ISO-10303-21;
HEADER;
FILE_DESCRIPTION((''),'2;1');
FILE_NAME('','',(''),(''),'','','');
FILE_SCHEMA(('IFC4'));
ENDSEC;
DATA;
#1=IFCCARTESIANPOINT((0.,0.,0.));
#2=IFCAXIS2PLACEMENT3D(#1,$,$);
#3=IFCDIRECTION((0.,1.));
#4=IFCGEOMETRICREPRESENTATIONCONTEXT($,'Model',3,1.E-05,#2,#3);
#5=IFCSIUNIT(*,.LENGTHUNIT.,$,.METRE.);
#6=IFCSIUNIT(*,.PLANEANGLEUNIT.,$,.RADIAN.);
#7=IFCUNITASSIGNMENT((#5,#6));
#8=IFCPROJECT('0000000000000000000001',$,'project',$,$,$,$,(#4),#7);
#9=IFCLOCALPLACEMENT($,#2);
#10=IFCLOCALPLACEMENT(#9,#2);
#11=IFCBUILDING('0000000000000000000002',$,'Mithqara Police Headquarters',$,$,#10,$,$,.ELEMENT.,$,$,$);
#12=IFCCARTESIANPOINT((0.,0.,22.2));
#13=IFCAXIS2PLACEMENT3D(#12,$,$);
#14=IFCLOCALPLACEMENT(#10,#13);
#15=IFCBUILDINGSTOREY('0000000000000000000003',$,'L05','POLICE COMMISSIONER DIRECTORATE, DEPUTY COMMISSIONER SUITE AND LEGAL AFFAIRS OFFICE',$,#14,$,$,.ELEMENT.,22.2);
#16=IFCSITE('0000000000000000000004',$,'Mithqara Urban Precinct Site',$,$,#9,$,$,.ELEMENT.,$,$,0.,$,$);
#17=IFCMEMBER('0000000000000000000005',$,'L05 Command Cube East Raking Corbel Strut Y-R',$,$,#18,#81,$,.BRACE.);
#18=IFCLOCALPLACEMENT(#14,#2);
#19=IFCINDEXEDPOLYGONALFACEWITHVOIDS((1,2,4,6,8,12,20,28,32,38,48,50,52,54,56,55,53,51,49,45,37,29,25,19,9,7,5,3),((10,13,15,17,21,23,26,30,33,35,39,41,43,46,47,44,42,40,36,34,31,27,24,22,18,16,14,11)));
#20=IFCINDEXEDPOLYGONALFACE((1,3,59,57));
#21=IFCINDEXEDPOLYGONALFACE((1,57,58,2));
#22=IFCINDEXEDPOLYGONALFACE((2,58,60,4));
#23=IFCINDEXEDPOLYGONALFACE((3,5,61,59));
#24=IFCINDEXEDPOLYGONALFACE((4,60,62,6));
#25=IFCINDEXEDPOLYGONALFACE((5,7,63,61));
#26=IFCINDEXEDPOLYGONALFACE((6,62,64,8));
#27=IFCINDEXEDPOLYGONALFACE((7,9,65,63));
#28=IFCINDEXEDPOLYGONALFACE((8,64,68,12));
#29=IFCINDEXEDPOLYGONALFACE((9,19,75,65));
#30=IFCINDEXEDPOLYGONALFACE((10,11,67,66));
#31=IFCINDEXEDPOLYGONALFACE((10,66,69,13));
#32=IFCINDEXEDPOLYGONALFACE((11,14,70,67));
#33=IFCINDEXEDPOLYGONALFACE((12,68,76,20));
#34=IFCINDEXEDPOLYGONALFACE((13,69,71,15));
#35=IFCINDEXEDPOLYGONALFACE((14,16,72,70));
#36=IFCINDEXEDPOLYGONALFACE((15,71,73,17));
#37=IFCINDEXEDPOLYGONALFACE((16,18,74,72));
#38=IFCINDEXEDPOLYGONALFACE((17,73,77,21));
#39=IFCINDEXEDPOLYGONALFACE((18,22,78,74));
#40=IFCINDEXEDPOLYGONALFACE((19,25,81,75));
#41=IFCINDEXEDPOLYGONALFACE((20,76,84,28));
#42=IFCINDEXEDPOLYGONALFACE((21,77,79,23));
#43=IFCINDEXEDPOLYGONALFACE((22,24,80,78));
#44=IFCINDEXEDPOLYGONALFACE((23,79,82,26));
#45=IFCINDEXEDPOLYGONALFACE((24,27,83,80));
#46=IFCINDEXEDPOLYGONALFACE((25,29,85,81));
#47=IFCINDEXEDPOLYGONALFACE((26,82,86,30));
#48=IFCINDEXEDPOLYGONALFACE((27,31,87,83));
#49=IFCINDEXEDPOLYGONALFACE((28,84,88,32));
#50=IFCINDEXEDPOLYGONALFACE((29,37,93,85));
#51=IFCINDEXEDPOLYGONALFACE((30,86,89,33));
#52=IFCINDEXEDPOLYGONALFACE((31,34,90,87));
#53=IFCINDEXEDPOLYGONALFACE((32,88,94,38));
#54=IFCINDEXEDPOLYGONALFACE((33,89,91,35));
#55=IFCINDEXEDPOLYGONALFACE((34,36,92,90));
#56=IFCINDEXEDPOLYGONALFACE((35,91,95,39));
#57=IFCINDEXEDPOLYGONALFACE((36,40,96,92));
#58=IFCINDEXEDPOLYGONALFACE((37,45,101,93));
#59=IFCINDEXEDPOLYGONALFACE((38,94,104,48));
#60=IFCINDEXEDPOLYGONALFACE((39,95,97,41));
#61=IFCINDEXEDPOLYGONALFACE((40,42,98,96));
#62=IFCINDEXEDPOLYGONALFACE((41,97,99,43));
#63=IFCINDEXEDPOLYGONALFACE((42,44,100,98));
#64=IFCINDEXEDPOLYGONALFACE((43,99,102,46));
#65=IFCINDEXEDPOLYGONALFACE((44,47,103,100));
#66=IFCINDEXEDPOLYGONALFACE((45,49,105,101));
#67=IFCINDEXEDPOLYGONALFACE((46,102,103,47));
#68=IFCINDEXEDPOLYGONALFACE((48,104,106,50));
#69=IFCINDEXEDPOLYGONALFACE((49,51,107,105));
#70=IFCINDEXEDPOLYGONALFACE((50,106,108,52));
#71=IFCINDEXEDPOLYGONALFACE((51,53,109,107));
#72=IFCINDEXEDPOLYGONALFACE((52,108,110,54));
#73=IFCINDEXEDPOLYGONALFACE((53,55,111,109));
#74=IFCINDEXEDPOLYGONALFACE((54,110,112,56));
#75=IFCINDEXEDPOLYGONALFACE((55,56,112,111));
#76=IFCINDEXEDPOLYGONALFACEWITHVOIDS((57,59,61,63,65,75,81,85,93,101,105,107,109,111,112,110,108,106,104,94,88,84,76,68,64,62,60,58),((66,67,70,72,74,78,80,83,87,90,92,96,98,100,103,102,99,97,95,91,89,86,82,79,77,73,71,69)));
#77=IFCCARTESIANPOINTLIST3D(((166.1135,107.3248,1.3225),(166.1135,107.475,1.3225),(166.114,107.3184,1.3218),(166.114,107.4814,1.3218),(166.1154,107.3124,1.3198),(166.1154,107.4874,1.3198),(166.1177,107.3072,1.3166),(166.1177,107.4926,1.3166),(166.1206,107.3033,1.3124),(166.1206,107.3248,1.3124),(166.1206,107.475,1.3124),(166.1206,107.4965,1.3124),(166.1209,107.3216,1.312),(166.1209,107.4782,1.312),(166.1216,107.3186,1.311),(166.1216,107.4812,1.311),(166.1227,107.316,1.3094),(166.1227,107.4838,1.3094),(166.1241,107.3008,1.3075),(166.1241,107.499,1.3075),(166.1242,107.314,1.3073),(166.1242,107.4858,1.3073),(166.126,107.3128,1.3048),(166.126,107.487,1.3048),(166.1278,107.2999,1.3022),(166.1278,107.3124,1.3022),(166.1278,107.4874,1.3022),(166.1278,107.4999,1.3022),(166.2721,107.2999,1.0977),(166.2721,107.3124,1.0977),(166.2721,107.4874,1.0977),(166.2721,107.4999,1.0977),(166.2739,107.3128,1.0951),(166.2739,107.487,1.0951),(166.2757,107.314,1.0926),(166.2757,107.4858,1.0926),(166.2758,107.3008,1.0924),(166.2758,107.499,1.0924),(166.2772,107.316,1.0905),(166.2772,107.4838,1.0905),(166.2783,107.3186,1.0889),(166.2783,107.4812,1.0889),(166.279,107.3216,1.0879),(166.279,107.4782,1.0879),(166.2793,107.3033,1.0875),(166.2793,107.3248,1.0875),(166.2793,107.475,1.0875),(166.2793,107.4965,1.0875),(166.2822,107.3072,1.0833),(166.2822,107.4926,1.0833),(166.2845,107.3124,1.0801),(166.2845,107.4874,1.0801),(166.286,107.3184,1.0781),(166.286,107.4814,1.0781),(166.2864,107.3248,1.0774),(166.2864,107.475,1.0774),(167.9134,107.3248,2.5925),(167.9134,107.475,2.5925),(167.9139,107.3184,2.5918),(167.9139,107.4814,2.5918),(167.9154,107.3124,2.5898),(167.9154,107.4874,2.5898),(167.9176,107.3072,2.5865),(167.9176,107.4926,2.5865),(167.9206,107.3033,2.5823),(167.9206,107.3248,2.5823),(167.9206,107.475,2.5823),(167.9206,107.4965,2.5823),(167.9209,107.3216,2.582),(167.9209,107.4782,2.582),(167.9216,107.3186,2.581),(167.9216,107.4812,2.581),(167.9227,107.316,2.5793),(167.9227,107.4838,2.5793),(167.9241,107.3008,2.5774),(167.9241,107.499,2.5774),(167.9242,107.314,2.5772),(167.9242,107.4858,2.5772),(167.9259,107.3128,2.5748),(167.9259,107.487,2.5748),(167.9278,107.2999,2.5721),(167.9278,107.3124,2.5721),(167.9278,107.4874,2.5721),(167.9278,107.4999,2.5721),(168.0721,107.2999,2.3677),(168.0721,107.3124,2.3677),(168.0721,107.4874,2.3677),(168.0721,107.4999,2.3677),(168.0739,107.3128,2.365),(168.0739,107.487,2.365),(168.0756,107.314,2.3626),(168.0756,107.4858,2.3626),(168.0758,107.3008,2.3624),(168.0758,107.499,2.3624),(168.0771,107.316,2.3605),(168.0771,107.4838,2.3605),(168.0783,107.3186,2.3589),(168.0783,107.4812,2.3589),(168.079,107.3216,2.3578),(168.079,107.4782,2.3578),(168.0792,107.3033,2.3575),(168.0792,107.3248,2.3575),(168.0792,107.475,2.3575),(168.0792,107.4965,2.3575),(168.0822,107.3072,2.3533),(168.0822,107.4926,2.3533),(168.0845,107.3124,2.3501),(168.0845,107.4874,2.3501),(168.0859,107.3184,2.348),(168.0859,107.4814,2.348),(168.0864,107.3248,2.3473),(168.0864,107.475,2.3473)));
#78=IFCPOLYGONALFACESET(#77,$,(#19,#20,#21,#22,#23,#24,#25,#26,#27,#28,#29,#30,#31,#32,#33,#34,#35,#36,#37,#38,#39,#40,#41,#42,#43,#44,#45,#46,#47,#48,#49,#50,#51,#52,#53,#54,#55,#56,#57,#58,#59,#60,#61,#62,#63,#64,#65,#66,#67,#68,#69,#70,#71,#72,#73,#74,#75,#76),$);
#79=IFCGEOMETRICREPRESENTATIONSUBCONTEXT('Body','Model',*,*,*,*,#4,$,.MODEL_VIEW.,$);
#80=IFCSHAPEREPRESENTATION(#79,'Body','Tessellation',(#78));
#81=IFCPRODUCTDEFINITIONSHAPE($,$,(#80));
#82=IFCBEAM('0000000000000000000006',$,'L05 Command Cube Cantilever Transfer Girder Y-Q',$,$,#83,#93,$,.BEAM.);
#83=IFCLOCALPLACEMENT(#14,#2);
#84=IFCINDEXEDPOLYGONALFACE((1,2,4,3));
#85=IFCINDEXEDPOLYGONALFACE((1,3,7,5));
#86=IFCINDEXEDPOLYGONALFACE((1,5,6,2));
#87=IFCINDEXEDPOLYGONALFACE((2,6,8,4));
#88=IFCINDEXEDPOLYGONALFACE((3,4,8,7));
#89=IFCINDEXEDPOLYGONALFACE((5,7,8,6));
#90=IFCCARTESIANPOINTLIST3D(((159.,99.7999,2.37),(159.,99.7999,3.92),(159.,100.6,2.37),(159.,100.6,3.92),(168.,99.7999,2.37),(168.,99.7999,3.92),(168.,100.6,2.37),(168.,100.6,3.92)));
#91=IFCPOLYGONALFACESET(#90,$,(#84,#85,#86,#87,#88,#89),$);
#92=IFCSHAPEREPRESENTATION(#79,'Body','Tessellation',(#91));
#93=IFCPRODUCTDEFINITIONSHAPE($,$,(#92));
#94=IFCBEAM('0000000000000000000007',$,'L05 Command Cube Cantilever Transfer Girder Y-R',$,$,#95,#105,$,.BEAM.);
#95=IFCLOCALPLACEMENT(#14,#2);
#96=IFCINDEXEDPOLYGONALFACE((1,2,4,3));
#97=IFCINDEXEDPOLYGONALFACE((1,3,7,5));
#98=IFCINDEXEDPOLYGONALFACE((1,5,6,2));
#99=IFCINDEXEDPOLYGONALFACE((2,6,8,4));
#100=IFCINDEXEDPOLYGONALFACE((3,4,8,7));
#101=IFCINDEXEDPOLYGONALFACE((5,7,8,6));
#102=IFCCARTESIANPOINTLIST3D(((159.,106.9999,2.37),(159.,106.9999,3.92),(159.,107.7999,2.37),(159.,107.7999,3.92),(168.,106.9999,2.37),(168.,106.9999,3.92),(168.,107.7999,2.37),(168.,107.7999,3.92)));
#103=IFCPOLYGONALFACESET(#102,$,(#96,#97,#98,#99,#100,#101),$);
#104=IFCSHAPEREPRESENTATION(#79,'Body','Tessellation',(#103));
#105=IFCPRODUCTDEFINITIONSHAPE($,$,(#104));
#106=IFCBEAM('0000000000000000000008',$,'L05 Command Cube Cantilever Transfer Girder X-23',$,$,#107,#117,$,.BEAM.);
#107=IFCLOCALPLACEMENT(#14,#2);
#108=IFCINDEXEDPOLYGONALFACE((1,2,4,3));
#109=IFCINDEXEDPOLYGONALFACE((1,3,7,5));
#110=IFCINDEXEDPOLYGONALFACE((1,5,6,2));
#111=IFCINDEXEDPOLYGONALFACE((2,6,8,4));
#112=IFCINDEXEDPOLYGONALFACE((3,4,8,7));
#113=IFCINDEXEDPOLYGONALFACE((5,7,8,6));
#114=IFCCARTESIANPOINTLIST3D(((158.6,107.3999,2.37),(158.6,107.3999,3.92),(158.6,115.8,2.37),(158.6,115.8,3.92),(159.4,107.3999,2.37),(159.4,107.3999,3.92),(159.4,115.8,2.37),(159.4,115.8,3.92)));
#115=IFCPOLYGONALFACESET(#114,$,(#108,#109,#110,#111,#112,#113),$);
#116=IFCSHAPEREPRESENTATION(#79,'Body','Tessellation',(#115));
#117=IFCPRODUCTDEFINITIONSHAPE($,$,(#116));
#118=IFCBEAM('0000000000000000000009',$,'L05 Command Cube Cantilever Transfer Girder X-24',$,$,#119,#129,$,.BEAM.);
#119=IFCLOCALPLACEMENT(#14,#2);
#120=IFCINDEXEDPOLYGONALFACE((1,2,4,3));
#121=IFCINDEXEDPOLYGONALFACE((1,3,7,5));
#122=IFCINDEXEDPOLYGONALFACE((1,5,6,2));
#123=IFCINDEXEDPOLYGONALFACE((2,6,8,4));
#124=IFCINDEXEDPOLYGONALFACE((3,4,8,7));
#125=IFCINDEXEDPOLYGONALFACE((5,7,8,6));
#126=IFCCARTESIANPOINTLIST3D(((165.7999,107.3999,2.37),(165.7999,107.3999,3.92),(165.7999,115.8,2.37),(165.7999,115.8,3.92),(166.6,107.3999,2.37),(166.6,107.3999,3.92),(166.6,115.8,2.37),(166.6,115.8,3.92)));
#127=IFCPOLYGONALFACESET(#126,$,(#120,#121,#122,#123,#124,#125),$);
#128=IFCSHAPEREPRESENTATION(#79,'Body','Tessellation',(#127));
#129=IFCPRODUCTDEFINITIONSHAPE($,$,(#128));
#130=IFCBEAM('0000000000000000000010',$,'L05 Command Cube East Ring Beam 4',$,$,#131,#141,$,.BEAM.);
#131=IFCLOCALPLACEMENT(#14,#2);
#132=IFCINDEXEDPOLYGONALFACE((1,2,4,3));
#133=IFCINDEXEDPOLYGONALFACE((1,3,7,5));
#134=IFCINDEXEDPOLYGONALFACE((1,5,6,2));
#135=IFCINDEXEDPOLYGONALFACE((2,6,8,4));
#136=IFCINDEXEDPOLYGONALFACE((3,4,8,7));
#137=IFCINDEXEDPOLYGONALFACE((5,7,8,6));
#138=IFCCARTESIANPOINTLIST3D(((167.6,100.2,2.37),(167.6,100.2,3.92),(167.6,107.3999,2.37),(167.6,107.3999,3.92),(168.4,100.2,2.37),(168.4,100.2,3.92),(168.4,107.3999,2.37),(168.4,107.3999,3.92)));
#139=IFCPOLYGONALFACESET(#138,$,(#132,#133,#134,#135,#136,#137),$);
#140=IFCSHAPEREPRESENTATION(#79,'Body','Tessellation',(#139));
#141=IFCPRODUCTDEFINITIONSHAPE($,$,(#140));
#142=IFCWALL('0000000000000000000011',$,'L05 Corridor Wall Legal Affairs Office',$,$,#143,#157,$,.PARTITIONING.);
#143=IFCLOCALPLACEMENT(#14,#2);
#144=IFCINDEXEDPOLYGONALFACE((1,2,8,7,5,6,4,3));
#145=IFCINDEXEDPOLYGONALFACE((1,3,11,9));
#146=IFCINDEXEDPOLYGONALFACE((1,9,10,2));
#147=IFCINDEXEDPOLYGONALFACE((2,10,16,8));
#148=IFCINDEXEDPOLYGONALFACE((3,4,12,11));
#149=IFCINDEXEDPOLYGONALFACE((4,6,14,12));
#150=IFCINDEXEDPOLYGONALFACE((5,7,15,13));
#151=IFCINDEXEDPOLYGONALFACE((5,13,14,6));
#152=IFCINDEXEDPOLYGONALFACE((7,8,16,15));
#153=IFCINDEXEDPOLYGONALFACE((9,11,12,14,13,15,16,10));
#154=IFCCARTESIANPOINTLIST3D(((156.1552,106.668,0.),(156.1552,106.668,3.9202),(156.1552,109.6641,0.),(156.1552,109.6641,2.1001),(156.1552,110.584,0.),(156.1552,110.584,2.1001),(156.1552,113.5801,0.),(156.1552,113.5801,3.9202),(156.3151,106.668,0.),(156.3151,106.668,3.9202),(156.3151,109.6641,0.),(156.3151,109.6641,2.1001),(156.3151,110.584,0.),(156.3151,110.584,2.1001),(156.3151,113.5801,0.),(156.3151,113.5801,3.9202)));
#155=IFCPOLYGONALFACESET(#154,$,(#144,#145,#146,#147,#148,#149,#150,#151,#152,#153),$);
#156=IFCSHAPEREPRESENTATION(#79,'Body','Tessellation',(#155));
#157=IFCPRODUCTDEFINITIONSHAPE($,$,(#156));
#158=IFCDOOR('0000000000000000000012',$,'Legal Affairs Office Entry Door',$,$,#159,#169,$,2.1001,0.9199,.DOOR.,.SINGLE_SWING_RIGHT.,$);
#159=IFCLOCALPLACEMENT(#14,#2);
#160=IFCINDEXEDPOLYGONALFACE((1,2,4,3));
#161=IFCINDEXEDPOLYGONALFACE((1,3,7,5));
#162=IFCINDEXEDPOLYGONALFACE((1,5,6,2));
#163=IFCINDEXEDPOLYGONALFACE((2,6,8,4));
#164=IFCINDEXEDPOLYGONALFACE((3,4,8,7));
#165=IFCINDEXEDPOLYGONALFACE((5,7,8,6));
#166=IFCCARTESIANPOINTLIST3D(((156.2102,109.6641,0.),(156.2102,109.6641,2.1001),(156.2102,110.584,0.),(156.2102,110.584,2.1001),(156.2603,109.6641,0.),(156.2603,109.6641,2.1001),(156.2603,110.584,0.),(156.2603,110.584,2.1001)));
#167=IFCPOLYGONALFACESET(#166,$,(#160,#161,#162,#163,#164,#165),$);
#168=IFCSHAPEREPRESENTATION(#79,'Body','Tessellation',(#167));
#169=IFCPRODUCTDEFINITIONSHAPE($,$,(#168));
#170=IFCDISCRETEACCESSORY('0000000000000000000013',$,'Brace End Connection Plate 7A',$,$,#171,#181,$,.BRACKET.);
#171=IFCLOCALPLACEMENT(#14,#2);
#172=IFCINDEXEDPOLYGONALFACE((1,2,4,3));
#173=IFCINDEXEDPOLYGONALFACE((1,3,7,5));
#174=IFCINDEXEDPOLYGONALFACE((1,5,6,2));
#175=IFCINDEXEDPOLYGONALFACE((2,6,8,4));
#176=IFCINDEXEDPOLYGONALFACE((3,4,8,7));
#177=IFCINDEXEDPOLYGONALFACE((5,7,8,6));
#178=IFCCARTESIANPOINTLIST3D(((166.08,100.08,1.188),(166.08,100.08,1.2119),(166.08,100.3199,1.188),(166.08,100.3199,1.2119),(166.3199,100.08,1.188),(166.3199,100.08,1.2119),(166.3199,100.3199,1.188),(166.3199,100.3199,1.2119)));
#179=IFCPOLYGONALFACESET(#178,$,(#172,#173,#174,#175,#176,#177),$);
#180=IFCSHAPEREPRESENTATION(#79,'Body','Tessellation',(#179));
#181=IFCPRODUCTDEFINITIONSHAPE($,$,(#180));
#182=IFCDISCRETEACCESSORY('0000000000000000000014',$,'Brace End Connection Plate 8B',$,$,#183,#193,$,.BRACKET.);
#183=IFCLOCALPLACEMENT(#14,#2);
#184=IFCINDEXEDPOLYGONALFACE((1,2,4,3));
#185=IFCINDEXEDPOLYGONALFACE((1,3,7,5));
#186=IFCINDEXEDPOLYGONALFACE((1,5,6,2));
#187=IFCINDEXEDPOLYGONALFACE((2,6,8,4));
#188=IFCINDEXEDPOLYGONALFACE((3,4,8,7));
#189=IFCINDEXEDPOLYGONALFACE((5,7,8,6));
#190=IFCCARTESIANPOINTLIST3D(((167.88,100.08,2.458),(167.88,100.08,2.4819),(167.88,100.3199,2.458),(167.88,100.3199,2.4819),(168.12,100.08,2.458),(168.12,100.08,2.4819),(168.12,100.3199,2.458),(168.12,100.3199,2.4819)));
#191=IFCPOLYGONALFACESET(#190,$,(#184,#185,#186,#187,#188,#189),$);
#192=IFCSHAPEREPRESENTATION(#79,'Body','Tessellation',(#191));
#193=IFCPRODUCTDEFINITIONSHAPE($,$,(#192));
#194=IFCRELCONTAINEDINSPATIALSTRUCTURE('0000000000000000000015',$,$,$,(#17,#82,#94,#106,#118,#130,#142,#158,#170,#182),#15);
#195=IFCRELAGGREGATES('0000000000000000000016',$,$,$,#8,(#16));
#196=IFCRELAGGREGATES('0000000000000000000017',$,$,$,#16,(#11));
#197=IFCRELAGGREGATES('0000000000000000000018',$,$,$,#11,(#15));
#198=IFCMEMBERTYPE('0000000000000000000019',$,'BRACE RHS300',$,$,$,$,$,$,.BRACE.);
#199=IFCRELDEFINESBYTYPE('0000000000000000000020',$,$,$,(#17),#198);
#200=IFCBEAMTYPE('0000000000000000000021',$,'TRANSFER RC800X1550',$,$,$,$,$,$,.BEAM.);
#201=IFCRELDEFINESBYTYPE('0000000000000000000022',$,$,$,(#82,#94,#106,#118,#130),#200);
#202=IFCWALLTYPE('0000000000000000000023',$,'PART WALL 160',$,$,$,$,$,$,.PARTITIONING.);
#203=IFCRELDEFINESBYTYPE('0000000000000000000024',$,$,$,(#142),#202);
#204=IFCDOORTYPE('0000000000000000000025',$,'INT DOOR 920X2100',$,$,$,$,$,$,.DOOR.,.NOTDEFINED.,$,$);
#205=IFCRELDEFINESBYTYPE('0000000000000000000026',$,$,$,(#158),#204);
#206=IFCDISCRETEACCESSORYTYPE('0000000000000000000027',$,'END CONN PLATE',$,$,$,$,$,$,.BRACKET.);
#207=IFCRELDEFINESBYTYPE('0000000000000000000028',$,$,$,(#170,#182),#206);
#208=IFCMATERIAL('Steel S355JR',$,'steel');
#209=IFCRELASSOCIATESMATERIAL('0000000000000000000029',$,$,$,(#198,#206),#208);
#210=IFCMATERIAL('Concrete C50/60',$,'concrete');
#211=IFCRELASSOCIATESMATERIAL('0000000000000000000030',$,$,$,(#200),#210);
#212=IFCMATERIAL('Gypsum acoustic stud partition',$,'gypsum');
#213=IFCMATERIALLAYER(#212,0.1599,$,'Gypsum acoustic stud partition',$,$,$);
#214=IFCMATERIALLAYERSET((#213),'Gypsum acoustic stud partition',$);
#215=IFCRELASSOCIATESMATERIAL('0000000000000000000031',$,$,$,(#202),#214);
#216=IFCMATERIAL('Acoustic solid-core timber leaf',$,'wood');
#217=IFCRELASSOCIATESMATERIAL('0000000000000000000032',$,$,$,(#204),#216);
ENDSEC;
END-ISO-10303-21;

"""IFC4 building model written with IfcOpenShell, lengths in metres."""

from ifc_helpers import new_model, si_unit, direction, frame, frame_2d, origin, origin_2d, place, context, subcontext, project, spatial, rectangle, hollow_rectangle, extrude, material, layer, layer_set, material_profile, profile_set, type_object, element, fill, save


model = new_model("IFC4")

# Units and contexts
model_context = context("Model", 3, precision=1e-05, world=origin(), true_north=direction((0.0, 1.0)))
body_context = subcontext(model_context, "Body", "Model", "MODEL_VIEW")
ifc_project = project(units=[si_unit("LENGTHUNIT", "METRE"), si_unit("PLANEANGLEUNIT", "RADIAN")], contexts=[model_context])

# Site, building, storey
site_placement = place(None, origin())
site = spatial("IfcSite", under=ifc_project, at=site_placement, Name="Mithqara Urban Precinct Site", CompositionType="ELEMENT", RefElevation=0.0)
building_placement = place(site_placement, origin())
building = spatial("IfcBuilding", under=site, at=building_placement, Name="Mithqara Police Headquarters", CompositionType="ELEMENT")
storey_placement = place(building_placement, frame((0.0, 0.0, 22.2)))
storey = spatial("IfcBuildingStorey", under=building, at=storey_placement, Name="L05", Description="POLICE COMMISSIONER DIRECTORATE, DEPUTY COMMISSIONER SUITE AND LEGAL AFFAIRS OFFICE", CompositionType="ELEMENT", Elevation=22.2)

# Shared definitions
ifc_material_1 = material(Name="Concrete C50/60", Category="concrete")

# Shared definitions
ifc_material_2 = material(Name="Steel S355JR", Category="steel")

# Member
ifc_material_profile_1 = material_profile(ifc_material_2, hollow_rectangle(XDim=0.2, YDim=0.3, WallThickness=0.0125, InnerFilletRadius=0.0125, OuterFilletRadius=0.0249, at=origin_2d()), Name="RHS 300x200x12.5")
ifc_profile_set_1 = profile_set([ifc_material_profile_1], Name="Steel S355JR")
member_type = type_object("IfcMemberType", Name="BRACE RHS300", PredefinedType="BRACE", material=ifc_profile_set_1)
for number, where, z_axis, x_axis, name in (
    (1, (166.2, 107.3999, 1.2), (0.817097, 0.0, 0.5765), (0.0, 1.0, 0.0), "L05 Command Cube East Raking Corbel Strut Y-R"),
):
    element("IfcMember", number, at=place(storey_placement, frame(where, z_axis=z_axis, x_axis=x_axis)), inside=storey, type_object=member_type, Name=name, PredefinedType="BRACE", context=body_context, shape_type="SweptSolid", body=[
        extrude(hollow_rectangle(XDim=0.2, YDim=0.3, WallThickness=0.0125, InnerFilletRadius=0.0125, OuterFilletRadius=0.0249, at=origin_2d()), origin(), (0.0, 0.0, 1.0), 2.2029),
    ])

# Beams
ifc_material_profile_2 = material_profile(ifc_material_1, rectangle(XDim=0.8, YDim=1.55, at=origin_2d()), Name="RC 800x1550")
ifc_profile_set_2 = profile_set([ifc_material_profile_2], Name="Concrete C50/60")
beam_type_1 = type_object("IfcBeamType", Name="TRANSFER RC800X1550", PredefinedType="BEAM", material=ifc_profile_set_2)
for number, where, z_axis, x_axis, name in (
    (2, (159.0, 100.2, 3.145), (1.0, 0.0, 0.0), (0.0, 1.0, 0.0), "L05 Command Cube Cantilever Transfer Girder Y-Q"),
    (3, (159.0, 107.3999, 3.145), (1.0, 0.0, 0.0), (0.0, 1.0, 0.0), "L05 Command Cube Cantilever Transfer Girder Y-R"),
):
    element("IfcBeam", number, at=place(storey_placement, frame(where, z_axis=z_axis, x_axis=x_axis)), inside=storey, type_object=beam_type_1, Name=name, PredefinedType="BEAM", context=body_context, shape_type="SweptSolid", body=[
        extrude(rectangle(XDim=0.8, YDim=1.55, at=origin_2d()), origin(), (0.0, 0.0, 1.0), 9.0),
    ])
for number, where, z_axis, x_axis, name in (
    (4, (159.0, 107.3999, 3.145), (0.0, 1.0, 0.0), (-1.0, 0.0, 0.0), "L05 Command Cube Cantilever Transfer Girder X-23"),
    (5, (166.2, 107.3999, 3.145), (0.0, 1.0, 0.0), (-1.0, 0.0, 0.0), "L05 Command Cube Cantilever Transfer Girder X-24"),
):
    element("IfcBeam", number, at=place(storey_placement, frame(where, z_axis=z_axis, x_axis=x_axis)), inside=storey, type_object=beam_type_1, Name=name, PredefinedType="BEAM", context=body_context, shape_type="SweptSolid", body=[
        extrude(rectangle(XDim=0.8, YDim=1.55, at=origin_2d()), origin(), (0.0, 0.0, 1.0), 8.4001),
    ])
beam_1_placement = place(storey_placement, frame((168.0, 100.2, 3.145), z_axis=(0.0, 1.0, 0.0), x_axis=(-1.0, 0.0, 0.0)))
element("IfcBeam", 6, at=beam_1_placement, inside=storey, type_object=beam_type_1, Name="L05 Command Cube East Ring Beam 4", PredefinedType="BEAM", context=body_context, shape_type="SweptSolid", body=[
    extrude(rectangle(XDim=0.8, YDim=1.55, at=origin_2d()), origin(), (0.0, 0.0, 1.0), 7.2),
])

# Wall, opening, door
ifc_material_3 = material(Name="Gypsum acoustic stud partition", Category="gypsum")
ifc_layer = layer(ifc_material_3, 0.1599, Name="Gypsum acoustic stud partition")
ifc_layer_set = layer_set([ifc_layer], Name="Gypsum acoustic stud partition")
wall_type = type_object("IfcWallType", Name="PART WALL 160", PredefinedType="PARTITIONING", material=ifc_layer_set)
wall_placement = place(storey_placement, frame((156.2351, 106.668, 0.0), z_axis=(0.0, 0.0, 1.0), x_axis=(0.0, 1.0, 0.0)))
wall = element("IfcWall", 7, at=wall_placement, inside=storey, type_object=wall_type, Name="L05 Corridor Wall Legal Affairs Office", PredefinedType="PARTITIONING", context=body_context, shape_type="SweptSolid", body=[
    extrude(rectangle(XDim=6.9121, YDim=0.1599, at=frame_2d((3.4561, 0.0))), origin(), (0.0, 0.0, 1.0), 3.9202),
])
opening_placement = place(wall_placement, frame((2.9961, 0.0, 0.0)))
opening = element("IfcOpeningElement", 8, at=opening_placement, cuts=wall, PredefinedType="OPENING", context=body_context, shape_type="SweptSolid", body=[
    extrude(rectangle(XDim=0.9199, YDim=2.1001, at=frame_2d((0.46, 1.05))), frame((0.0, 0.0898, 0.0), z_axis=(0.0, -1.0, 0.0), x_axis=(1.0, 0.0, 0.0)), (0.0, 0.0, 1.0), 0.1799),
])
ifc_material_4 = material(Name="Acoustic solid-core timber leaf", Category="wood")
door_type = type_object("IfcDoorType", Name="INT DOOR 920X2100", OperationType="NOTDEFINED", PredefinedType="DOOR", material=ifc_material_4)
door_placement = place(opening_placement, origin())
door = element("IfcDoor", 9, at=door_placement, inside=storey, type_object=door_type, Name="Legal Affairs Office Entry Door", OperationType="SINGLE_SWING_RIGHT", OverallHeight=2.1001, OverallWidth=0.9199, PredefinedType="DOOR", context=body_context, shape_type="SweptSolid", body=[
    extrude(rectangle(XDim=0.9199, YDim=2.1001, at=frame_2d((0.46, 1.05))), frame((0.0, 0.0249, 0.0), z_axis=(0.0, -1.0, 0.0), x_axis=(1.0, 0.0, 0.0)), (0.0, 0.0, 1.0), 0.05),
])
fill(opening, door)

# Discrete accessories
discrete_accessory_type = type_object("IfcDiscreteAccessoryType", Name="END CONN PLATE", PredefinedType="BRACKET", material=ifc_material_2)
for number, where, z_axis, x_axis, name in (
    (10, (166.2, 100.2, 1.188), (0.0, 0.0, 1.0), (1.0, 0.0, 0.0), "Brace End Connection Plate 7A"),
    (11, (168.0, 100.2, 2.458), (0.0, 0.0, 1.0), (1.0, 0.0, 0.0), "Brace End Connection Plate 8B"),
):
    element("IfcDiscreteAccessory", number, at=place(storey_placement, frame(where, z_axis=z_axis, x_axis=x_axis)), inside=storey, type_object=discrete_accessory_type, Name=name, PredefinedType="BRACKET", context=body_context, shape_type="SweptSolid", body=[
        extrude(rectangle(XDim=0.24, YDim=0.24, at=origin_2d()), origin(), (0.0, 0.0, 1.0), 0.0239),
    ])

save(model, "model.ifc")
